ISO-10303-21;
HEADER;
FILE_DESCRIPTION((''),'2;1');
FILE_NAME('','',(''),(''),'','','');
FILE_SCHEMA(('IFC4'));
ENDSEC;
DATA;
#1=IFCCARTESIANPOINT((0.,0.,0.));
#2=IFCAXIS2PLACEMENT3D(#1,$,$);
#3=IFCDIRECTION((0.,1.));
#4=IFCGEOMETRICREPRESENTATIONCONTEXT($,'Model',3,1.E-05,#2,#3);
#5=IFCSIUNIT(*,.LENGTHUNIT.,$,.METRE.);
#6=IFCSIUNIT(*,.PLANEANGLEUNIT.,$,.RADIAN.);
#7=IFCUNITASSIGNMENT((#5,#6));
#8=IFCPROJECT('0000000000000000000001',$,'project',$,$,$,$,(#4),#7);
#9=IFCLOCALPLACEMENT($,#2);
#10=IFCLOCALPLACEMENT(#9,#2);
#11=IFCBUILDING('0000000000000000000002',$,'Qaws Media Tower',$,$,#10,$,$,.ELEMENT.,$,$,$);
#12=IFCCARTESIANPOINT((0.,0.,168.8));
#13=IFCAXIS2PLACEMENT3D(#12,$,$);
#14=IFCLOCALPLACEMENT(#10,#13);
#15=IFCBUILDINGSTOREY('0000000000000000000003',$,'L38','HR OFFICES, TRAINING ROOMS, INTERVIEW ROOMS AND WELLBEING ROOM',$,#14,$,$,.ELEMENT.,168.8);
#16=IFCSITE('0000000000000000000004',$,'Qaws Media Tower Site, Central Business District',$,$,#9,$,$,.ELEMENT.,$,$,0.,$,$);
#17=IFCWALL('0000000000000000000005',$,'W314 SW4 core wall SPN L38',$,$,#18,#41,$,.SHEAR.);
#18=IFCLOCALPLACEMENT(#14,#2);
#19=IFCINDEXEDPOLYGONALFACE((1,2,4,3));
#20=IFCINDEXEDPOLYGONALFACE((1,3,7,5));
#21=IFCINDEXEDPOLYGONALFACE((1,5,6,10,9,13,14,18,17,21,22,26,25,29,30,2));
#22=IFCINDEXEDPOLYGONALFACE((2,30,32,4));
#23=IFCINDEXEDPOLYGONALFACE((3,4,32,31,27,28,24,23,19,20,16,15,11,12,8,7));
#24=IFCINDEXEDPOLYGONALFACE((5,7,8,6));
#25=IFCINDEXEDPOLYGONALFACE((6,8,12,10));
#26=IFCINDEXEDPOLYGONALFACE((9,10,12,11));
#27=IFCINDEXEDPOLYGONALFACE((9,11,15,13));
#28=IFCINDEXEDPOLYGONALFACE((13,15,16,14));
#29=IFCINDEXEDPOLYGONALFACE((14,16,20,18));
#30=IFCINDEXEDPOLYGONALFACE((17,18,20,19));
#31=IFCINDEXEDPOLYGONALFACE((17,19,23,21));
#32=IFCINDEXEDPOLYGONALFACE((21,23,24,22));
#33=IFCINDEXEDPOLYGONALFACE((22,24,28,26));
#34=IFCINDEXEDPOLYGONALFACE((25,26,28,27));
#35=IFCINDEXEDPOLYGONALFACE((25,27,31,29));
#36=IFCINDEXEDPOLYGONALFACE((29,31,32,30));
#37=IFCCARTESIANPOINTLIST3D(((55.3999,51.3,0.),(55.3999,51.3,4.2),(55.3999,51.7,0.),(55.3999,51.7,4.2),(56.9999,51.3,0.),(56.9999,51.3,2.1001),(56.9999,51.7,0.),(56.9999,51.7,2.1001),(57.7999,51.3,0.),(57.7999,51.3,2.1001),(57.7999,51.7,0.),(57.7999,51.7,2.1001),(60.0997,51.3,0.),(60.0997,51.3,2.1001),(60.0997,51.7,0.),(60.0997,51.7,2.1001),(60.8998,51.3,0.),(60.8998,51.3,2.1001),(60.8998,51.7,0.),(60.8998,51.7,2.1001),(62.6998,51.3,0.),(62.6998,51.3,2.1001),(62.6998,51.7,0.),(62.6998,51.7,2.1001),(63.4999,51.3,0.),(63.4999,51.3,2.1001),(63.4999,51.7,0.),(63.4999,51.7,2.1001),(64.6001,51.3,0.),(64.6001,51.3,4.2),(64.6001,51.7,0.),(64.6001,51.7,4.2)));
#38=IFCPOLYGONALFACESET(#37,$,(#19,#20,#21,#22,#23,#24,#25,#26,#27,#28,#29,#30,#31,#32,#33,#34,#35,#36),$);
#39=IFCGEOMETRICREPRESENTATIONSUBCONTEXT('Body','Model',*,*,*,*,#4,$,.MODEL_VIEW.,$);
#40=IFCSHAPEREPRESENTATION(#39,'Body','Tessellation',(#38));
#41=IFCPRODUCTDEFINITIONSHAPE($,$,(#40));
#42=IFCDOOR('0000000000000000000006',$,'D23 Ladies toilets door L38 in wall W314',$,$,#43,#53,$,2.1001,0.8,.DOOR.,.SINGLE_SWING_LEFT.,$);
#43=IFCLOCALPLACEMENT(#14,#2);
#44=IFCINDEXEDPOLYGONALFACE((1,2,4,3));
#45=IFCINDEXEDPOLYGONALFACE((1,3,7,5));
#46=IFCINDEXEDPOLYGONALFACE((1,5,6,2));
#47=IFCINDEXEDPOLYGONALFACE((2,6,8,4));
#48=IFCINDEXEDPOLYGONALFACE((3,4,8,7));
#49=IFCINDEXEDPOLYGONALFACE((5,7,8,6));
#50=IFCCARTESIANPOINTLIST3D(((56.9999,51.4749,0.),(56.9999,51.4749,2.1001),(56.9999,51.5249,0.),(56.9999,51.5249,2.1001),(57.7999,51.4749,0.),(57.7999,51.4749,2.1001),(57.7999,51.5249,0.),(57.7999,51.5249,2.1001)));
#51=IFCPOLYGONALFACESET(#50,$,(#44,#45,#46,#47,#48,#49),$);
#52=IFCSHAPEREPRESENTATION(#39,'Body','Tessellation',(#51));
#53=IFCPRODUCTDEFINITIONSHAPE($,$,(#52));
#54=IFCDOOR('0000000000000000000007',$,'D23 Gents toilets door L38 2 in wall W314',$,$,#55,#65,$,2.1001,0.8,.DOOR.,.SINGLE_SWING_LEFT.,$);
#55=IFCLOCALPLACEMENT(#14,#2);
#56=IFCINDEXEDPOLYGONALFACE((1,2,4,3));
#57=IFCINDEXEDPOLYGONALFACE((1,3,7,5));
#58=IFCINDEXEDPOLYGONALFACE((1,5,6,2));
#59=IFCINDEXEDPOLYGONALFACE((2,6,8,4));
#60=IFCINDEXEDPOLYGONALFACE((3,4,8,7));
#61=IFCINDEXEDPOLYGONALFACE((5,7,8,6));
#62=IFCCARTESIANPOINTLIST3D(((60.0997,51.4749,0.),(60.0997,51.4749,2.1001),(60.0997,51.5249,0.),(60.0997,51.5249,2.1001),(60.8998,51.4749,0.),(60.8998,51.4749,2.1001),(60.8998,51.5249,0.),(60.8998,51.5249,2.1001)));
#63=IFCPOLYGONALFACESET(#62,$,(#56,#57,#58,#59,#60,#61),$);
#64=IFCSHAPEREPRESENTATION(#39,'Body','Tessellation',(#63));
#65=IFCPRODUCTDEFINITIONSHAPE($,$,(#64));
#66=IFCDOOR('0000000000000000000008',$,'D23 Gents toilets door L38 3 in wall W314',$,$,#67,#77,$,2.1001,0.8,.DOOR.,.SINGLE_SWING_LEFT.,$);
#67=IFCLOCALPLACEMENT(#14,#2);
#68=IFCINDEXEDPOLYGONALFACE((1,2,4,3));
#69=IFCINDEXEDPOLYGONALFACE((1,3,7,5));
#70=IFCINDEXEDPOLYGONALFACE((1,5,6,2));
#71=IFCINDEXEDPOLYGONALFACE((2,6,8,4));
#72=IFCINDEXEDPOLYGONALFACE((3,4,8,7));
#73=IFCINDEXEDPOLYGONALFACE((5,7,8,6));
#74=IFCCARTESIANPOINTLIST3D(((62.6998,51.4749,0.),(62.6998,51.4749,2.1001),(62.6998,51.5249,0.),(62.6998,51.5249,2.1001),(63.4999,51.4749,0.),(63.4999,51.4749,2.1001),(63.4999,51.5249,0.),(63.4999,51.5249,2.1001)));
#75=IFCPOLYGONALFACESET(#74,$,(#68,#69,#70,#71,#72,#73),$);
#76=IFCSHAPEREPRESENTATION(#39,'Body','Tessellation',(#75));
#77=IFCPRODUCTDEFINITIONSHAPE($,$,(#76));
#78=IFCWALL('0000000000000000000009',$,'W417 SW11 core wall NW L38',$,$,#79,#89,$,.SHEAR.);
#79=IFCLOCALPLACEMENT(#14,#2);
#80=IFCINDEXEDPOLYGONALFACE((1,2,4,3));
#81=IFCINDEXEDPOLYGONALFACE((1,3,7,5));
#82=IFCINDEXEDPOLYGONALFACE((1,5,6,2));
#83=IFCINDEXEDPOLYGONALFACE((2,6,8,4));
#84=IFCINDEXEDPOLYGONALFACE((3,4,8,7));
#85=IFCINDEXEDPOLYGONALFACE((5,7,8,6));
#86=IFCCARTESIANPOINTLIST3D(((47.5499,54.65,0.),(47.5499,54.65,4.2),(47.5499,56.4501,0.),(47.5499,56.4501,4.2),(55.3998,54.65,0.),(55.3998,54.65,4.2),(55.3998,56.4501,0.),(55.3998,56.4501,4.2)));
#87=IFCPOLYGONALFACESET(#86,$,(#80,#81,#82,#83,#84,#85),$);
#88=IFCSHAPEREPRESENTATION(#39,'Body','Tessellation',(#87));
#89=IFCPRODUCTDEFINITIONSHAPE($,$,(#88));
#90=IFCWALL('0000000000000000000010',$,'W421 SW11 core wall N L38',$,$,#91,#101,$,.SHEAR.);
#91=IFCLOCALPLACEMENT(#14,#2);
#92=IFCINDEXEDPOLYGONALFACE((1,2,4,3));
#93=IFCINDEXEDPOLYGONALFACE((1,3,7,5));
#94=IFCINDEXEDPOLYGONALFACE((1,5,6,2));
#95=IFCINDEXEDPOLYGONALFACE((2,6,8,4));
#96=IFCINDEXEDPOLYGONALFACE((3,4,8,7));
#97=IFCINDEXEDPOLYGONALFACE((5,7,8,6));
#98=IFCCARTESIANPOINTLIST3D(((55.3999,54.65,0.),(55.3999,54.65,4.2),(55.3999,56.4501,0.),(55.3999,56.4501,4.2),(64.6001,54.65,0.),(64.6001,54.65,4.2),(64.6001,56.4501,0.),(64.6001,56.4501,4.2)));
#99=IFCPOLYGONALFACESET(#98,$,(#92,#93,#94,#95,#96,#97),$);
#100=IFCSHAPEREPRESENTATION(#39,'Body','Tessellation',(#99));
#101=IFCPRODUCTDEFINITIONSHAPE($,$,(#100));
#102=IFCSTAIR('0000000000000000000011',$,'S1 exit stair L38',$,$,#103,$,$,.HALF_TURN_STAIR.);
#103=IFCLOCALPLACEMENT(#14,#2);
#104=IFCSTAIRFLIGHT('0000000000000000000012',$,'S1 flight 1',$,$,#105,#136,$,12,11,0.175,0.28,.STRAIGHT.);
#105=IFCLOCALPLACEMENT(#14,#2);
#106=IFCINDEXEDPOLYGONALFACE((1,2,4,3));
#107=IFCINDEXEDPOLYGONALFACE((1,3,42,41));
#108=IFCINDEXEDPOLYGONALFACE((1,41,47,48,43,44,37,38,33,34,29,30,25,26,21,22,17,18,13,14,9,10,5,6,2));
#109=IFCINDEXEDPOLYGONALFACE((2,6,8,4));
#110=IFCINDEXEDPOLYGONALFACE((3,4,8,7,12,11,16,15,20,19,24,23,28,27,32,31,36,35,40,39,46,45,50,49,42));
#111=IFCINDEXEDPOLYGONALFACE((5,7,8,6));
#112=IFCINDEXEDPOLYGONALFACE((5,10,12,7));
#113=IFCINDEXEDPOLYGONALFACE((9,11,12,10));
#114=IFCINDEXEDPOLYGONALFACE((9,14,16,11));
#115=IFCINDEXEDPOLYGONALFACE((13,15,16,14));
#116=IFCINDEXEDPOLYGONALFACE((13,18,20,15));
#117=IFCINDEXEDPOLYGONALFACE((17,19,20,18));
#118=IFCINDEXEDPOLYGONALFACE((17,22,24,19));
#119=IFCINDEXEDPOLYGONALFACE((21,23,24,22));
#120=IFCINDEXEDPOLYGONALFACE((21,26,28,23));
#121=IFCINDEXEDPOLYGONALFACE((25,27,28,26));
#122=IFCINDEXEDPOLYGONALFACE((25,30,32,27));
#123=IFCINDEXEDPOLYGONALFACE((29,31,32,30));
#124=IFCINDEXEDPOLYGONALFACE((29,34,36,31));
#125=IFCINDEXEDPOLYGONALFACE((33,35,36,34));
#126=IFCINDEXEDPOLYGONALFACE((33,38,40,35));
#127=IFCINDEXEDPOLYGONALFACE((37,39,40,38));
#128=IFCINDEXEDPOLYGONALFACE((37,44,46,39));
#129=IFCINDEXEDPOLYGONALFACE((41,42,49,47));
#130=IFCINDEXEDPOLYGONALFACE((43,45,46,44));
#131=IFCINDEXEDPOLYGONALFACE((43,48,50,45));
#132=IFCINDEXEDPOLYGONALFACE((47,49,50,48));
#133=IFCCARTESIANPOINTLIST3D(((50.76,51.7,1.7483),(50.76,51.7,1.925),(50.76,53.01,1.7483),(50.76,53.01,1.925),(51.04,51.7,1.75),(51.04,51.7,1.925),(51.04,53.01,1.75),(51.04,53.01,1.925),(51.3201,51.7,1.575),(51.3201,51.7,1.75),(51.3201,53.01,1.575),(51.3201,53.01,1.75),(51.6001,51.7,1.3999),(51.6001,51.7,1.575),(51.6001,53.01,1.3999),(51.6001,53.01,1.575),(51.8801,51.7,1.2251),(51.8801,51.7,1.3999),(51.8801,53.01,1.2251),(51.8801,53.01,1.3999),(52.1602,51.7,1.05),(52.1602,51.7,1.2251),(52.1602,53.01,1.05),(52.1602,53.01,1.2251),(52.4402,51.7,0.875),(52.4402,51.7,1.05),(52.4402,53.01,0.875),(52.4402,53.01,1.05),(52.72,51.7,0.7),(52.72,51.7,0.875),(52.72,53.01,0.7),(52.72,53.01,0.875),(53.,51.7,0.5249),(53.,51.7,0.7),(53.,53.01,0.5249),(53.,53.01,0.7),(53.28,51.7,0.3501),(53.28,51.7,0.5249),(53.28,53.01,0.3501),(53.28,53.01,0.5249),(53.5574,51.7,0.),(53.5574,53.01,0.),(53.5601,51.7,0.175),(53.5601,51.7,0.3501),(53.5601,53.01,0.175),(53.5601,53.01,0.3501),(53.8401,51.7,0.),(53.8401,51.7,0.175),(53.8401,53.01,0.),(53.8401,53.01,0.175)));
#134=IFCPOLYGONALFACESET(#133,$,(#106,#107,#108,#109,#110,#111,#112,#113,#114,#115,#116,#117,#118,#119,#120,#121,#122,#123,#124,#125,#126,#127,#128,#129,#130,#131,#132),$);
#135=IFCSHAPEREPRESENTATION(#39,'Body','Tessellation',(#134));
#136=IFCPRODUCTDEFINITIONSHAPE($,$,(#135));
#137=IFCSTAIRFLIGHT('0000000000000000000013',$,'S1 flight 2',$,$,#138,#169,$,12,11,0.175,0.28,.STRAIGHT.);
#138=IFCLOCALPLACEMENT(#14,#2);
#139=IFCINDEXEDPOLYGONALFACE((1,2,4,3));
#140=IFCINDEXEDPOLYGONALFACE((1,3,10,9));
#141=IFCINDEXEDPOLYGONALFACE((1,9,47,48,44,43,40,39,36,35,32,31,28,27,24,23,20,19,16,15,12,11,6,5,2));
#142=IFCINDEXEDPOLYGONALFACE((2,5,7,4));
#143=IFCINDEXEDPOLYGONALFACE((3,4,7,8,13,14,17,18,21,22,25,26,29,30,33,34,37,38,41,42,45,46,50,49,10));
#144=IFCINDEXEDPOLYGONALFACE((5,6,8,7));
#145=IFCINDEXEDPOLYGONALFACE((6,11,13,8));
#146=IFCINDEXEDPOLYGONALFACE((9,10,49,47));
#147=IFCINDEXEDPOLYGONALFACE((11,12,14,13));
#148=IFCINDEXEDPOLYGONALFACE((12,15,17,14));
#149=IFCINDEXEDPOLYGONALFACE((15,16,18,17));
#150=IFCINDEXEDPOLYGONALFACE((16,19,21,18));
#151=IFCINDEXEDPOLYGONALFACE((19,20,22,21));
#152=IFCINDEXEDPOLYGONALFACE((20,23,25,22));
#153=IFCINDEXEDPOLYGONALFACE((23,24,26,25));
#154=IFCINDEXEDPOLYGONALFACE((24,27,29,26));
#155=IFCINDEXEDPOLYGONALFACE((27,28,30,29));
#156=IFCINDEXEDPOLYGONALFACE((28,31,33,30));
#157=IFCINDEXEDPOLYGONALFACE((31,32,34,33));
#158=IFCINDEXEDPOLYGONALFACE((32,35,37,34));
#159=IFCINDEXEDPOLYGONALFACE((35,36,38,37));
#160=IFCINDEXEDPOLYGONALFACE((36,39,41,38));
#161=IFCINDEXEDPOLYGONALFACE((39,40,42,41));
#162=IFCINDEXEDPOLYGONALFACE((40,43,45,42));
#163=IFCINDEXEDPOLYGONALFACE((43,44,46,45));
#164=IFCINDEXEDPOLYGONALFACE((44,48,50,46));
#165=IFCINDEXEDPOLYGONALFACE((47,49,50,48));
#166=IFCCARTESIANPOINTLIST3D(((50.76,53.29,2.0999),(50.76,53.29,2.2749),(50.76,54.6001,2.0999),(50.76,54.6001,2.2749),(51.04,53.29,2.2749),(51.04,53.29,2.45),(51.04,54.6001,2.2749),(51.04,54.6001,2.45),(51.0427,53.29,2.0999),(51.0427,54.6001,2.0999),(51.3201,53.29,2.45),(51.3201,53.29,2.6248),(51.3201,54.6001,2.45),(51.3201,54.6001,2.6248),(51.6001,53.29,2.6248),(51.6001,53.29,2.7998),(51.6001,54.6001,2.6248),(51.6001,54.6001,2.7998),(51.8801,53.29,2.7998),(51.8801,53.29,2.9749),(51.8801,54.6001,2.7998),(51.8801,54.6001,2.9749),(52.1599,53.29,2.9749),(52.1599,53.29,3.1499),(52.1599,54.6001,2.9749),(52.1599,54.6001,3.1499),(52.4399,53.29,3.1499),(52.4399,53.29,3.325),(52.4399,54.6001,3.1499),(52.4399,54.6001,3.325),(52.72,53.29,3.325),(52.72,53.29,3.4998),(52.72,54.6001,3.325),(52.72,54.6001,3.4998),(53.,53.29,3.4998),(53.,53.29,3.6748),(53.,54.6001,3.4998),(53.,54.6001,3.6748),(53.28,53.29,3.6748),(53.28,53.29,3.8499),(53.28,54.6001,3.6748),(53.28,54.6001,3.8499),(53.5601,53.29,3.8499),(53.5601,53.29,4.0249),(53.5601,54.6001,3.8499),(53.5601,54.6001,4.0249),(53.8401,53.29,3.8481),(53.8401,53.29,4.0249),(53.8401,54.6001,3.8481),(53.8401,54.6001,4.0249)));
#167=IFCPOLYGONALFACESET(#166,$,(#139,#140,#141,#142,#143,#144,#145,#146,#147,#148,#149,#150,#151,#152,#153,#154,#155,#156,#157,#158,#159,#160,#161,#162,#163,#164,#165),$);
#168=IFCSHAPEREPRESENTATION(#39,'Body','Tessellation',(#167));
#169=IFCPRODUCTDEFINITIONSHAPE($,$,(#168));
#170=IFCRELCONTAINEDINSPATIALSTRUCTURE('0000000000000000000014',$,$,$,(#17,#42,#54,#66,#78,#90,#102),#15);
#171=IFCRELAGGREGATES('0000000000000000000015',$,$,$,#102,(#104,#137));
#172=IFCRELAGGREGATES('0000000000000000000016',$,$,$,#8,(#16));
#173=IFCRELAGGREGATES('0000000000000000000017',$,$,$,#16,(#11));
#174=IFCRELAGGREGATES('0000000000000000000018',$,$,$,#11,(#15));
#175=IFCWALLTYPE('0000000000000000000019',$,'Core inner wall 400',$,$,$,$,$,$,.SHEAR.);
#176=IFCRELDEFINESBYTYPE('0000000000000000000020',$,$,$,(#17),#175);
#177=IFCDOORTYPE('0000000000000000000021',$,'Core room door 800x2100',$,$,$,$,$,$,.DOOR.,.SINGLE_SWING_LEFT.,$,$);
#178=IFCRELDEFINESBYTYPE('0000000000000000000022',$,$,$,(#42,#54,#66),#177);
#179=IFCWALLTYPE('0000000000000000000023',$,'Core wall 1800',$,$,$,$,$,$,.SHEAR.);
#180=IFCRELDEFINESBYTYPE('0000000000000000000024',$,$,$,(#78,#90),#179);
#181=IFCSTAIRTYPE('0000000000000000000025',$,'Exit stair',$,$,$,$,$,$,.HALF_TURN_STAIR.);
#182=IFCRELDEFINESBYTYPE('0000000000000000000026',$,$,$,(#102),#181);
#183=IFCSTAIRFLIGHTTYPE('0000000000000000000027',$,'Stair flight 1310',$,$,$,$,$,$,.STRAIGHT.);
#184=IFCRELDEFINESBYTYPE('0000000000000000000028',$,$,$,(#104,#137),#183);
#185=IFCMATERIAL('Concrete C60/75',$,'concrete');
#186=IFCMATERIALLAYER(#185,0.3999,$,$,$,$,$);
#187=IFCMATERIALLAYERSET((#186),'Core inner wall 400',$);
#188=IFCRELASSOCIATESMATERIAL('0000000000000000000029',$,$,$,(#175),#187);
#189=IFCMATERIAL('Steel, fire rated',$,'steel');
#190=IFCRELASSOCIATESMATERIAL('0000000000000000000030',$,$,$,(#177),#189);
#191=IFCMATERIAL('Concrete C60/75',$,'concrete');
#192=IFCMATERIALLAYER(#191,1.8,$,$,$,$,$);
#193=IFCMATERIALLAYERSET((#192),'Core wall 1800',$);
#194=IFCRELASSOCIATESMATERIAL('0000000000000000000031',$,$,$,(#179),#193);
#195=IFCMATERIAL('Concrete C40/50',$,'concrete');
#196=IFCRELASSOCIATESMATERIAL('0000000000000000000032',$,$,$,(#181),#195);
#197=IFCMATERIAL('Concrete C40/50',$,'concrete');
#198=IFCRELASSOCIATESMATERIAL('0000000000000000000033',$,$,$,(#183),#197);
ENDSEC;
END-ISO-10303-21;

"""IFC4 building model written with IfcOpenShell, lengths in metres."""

from ifc_helpers import new_model, si_unit, direction, frame, frame_2d, origin, place, context, subcontext, project, spatial, polyline, rectangle, outline, extrude, material, layer, layer_set, type_object, element, fill, aggregate, save


model = new_model("IFC4")

# Units and contexts
model_context = context("Model", 3, precision=1e-05, world=origin(), true_north=direction((0.0, 1.0)))
body_context = subcontext(model_context, "Body", "Model", "MODEL_VIEW")
ifc_project = project(units=[si_unit("LENGTHUNIT", "METRE"), si_unit("PLANEANGLEUNIT", "RADIAN")], contexts=[model_context])

# Site, building, storey
site_placement = place(None, origin())
site = spatial("IfcSite", under=ifc_project, at=site_placement, Name="Qaws Media Tower Site, Central Business District", CompositionType="ELEMENT", RefElevation=0.0)
building_placement = place(site_placement, origin())
building = spatial("IfcBuilding", under=site, at=building_placement, Name="Qaws Media Tower", CompositionType="ELEMENT")
storey_placement = place(building_placement, frame((0.0, 0.0, 168.8)))
storey = spatial("IfcBuildingStorey", under=building, at=storey_placement, Name="L38", Description="HR OFFICES, TRAINING ROOMS, INTERVIEW ROOMS AND WELLBEING ROOM", CompositionType="ELEMENT", Elevation=168.8)

# Wall, openings, doors
ifc_material_1 = material(Name="Concrete C60/75", Category="concrete")
ifc_layer_1 = layer(ifc_material_1, 0.3999)
ifc_layer_set_1 = layer_set([ifc_layer_1], Name="Core inner wall 400")
wall_type_1 = type_object("IfcWallType", Name="Core inner wall 400", PredefinedType="SHEAR", material=ifc_layer_set_1)
wall_1_placement = place(storey_placement, frame((55.3999, 51.5, 0.0), z_axis=(0.0, 0.0, 1.0), x_axis=(1.0, 0.0, 0.0)))
wall_1 = element("IfcWall", 1, at=wall_1_placement, inside=storey, type_object=wall_type_1, Name="W314 SW4 core wall SPN L38", PredefinedType="SHEAR", context=body_context, shape_type="SweptSolid", body=[
    extrude(rectangle(XDim=9.2002, YDim=0.3999, at=frame_2d((4.6001, 0.0))), origin(), (0.0, 0.0, 1.0), 4.2),
])
opening_1_placement = place(wall_1_placement, frame((1.6001, 0.0, 0.0)))
opening_1 = element("IfcOpeningElement", 2, at=opening_1_placement, cuts=wall_1, PredefinedType="OPENING", context=body_context, shape_type="SweptSolid", body=[
    extrude(rectangle(XDim=0.8, YDim=2.1001, at=frame_2d((0.3999, 1.05))), frame((0.0, 0.21, 0.0), z_axis=(0.0, -1.0, 0.0), x_axis=(1.0, 0.0, 0.0)), (0.0, 0.0, 1.0), 0.4199),
])
opening_2_placement = place(wall_1_placement, frame((4.7, 0.0, 0.0)))
opening_2 = element("IfcOpeningElement", 3, at=opening_2_placement, cuts=wall_1, PredefinedType="OPENING", context=body_context, shape_type="SweptSolid", body=[
    extrude(rectangle(XDim=0.8, YDim=2.1001, at=frame_2d((0.3999, 1.05))), frame((0.0, 0.21, 0.0), z_axis=(0.0, -1.0, 0.0), x_axis=(1.0, 0.0, 0.0)), (0.0, 0.0, 1.0), 0.4199),
])
opening_3_placement = place(wall_1_placement, frame((7.3, 0.0, 0.0)))
opening_3 = element("IfcOpeningElement", 4, at=opening_3_placement, cuts=wall_1, PredefinedType="OPENING", context=body_context, shape_type="SweptSolid", body=[
    extrude(rectangle(XDim=0.8, YDim=2.1001, at=frame_2d((0.3999, 1.05))), frame((0.0, 0.21, 0.0), z_axis=(0.0, -1.0, 0.0), x_axis=(1.0, 0.0, 0.0)), (0.0, 0.0, 1.0), 0.4199),
])
ifc_material_2 = material(Name="Steel, fire rated", Category="steel")
door_type = type_object("IfcDoorType", Name="Core room door 800x2100", OperationType="SINGLE_SWING_LEFT", PredefinedType="DOOR", material=ifc_material_2)
door_1_placement = place(opening_1_placement, origin())
door_1 = element("IfcDoor", 5, at=door_1_placement, inside=storey, type_object=door_type, Name="D23 Ladies toilets door L38 in wall W314", OperationType="SINGLE_SWING_LEFT", OverallHeight=2.1001, OverallWidth=0.8, PredefinedType="DOOR", context=body_context, shape_type="SweptSolid", body=[
    extrude(rectangle(XDim=0.8, YDim=2.1001, at=frame_2d((0.3999, 1.05))), frame((0.0, 0.0249, 0.0), z_axis=(0.0, -1.0, 0.0), x_axis=(1.0, 0.0, 0.0)), (0.0, 0.0, 1.0), 0.05),
])
fill(opening_1, door_1)
door_2_placement = place(opening_2_placement, origin())
door_2 = element("IfcDoor", 6, at=door_2_placement, inside=storey, type_object=door_type, Name="D23 Gents toilets door L38 2 in wall W314", OperationType="SINGLE_SWING_LEFT", OverallHeight=2.1001, OverallWidth=0.8, PredefinedType="DOOR", context=body_context, shape_type="SweptSolid", body=[
    extrude(rectangle(XDim=0.8, YDim=2.1001, at=frame_2d((0.3999, 1.05))), frame((0.0, 0.0249, 0.0), z_axis=(0.0, -1.0, 0.0), x_axis=(1.0, 0.0, 0.0)), (0.0, 0.0, 1.0), 0.05),
])
fill(opening_2, door_2)
door_3_placement = place(opening_3_placement, origin())
door_3 = element("IfcDoor", 7, at=door_3_placement, inside=storey, type_object=door_type, Name="D23 Gents toilets door L38 3 in wall W314", OperationType="SINGLE_SWING_LEFT", OverallHeight=2.1001, OverallWidth=0.8, PredefinedType="DOOR", context=body_context, shape_type="SweptSolid", body=[
    extrude(rectangle(XDim=0.8, YDim=2.1001, at=frame_2d((0.3999, 1.05))), frame((0.0, 0.0249, 0.0), z_axis=(0.0, -1.0, 0.0), x_axis=(1.0, 0.0, 0.0)), (0.0, 0.0, 1.0), 0.05),
])
fill(opening_3, door_3)

# Walls
ifc_material_3 = material(Name="Concrete C60/75", Category="concrete")
ifc_layer_2 = layer(ifc_material_3, 1.8)
ifc_layer_set_2 = layer_set([ifc_layer_2], Name="Core wall 1800")
wall_type_2 = type_object("IfcWallType", Name="Core wall 1800", PredefinedType="SHEAR", material=ifc_layer_set_2)
wall_2_placement = place(storey_placement, frame((47.55, 55.55, 0.0), z_axis=(0.0, 0.0, 1.0), x_axis=(1.0, 0.0, 0.0)))
element("IfcWall", 8, at=wall_2_placement, inside=storey, type_object=wall_type_2, Name="W417 SW11 core wall NW L38", PredefinedType="SHEAR", context=body_context, shape_type="SweptSolid", body=[
    extrude(rectangle(XDim=7.8499, YDim=1.8, at=frame_2d((3.9248, 0.0))), origin(), (0.0, 0.0, 1.0), 4.2),
])
wall_3_placement = place(storey_placement, frame((55.3999, 55.55, 0.0), z_axis=(0.0, 0.0, 1.0), x_axis=(1.0, 0.0, 0.0)))
element("IfcWall", 9, at=wall_3_placement, inside=storey, type_object=wall_type_2, Name="W421 SW11 core wall N L38", PredefinedType="SHEAR", context=body_context, shape_type="SweptSolid", body=[
    extrude(rectangle(XDim=9.2002, YDim=1.8, at=frame_2d((4.6001, 0.0))), origin(), (0.0, 0.0, 1.0), 4.2),
])

# Stair, stair flights
ifc_material_4 = material(Name="Concrete C40/50", Category="concrete")
stair_type = type_object("IfcStairType", Name="Exit stair", PredefinedType="HALF_TURN_STAIR", material=ifc_material_4)
stair_placement = place(storey_placement, origin())
stair = element("IfcStair", 10, at=stair_placement, inside=storey, type_object=stair_type, Name="S1 exit stair L38", PredefinedType="HALF_TURN_STAIR")
ifc_material_5 = material(Name="Concrete C40/50", Category="concrete")
stair_flight_type = type_object("IfcStairFlightType", Name="Stair flight 1310", PredefinedType="STRAIGHT", material=ifc_material_5)
stair_flight_1_placement = place(storey_placement, frame((53.8401, 52.355, 0.0), z_axis=(0.0, 0.0, 1.0), x_axis=(-1.0, 0.0, 0.0)))
stair_flight_1 = element("IfcStairFlight", 11, at=stair_flight_1_placement, type_object=stair_flight_type, Name="S1 flight 1", NumberOfRisers=12, NumberOfTreads=11, PredefinedType="STRAIGHT", RiserHeight=0.175, TreadLength=0.28, context=body_context, shape_type="SweptSolid", body=[
    extrude(outline(polyline([(0.0, 0.0), (0.0, 0.175), (0.28, 0.175), (0.28, 0.3501), (0.5601, 0.3501), (0.5601, 0.5249), (0.8401, 0.5249), (0.8401, 0.7), (1.1201, 0.7), (1.1201, 0.875), (1.3999, 0.875), (1.3999, 1.05), (1.6799, 1.05), (1.6799, 1.2251), (1.96, 1.2251), (1.96, 1.3999), (2.24, 1.3999), (2.24, 1.575), (2.52, 1.575), (2.52, 1.75), (2.8, 1.75), (2.8, 1.925), (3.0801, 1.925), (3.0801, 2.1001), (3.0801, 1.7483), (0.2827, 0.0), (0.0, 0.0)])), frame((0.0, 0.655, 0.0), z_axis=(0.0, -1.0, 0.0), x_axis=(1.0, 0.0, 0.0)), (0.0, 0.0, 1.0), 1.3101),
])
stair_flight_2_placement = place(storey_placement, frame((50.76, 53.9451, 2.0999), z_axis=(0.0, 0.0, 1.0), x_axis=(1.0, 0.0, 0.0)))
stair_flight_2 = element("IfcStairFlight", 12, at=stair_flight_2_placement, type_object=stair_flight_type, Name="S1 flight 2", NumberOfRisers=12, NumberOfTreads=11, PredefinedType="STRAIGHT", RiserHeight=0.175, TreadLength=0.28, context=body_context, shape_type="SweptSolid", body=[
    extrude(outline(polyline([(0.0, 0.0), (0.0, 0.175), (0.28, 0.175), (0.28, 0.3501), (0.5601, 0.3501), (0.5601, 0.5249), (0.8401, 0.5249), (0.8401, 0.7), (1.1201, 0.7), (1.1201, 0.875), (1.3999, 0.875), (1.3999, 1.05), (1.6799, 1.05), (1.6799, 1.2251), (1.96, 1.2251), (1.96, 1.3999), (2.24, 1.3999), (2.24, 1.575), (2.52, 1.575), (2.52, 1.75), (2.8, 1.75), (2.8, 1.925), (3.0801, 1.925), (3.0801, 2.1001), (3.0801, 1.7483), (0.2827, 0.0), (0.0, 0.0)])), frame((0.0, 0.655, 0.0), z_axis=(0.0, -1.0, 0.0), x_axis=(1.0, 0.0, 0.0)), (0.0, 0.0, 1.0), 1.3101),
])
aggregate(stair, [stair_flight_1, stair_flight_2])

save(model, "model.ifc")
